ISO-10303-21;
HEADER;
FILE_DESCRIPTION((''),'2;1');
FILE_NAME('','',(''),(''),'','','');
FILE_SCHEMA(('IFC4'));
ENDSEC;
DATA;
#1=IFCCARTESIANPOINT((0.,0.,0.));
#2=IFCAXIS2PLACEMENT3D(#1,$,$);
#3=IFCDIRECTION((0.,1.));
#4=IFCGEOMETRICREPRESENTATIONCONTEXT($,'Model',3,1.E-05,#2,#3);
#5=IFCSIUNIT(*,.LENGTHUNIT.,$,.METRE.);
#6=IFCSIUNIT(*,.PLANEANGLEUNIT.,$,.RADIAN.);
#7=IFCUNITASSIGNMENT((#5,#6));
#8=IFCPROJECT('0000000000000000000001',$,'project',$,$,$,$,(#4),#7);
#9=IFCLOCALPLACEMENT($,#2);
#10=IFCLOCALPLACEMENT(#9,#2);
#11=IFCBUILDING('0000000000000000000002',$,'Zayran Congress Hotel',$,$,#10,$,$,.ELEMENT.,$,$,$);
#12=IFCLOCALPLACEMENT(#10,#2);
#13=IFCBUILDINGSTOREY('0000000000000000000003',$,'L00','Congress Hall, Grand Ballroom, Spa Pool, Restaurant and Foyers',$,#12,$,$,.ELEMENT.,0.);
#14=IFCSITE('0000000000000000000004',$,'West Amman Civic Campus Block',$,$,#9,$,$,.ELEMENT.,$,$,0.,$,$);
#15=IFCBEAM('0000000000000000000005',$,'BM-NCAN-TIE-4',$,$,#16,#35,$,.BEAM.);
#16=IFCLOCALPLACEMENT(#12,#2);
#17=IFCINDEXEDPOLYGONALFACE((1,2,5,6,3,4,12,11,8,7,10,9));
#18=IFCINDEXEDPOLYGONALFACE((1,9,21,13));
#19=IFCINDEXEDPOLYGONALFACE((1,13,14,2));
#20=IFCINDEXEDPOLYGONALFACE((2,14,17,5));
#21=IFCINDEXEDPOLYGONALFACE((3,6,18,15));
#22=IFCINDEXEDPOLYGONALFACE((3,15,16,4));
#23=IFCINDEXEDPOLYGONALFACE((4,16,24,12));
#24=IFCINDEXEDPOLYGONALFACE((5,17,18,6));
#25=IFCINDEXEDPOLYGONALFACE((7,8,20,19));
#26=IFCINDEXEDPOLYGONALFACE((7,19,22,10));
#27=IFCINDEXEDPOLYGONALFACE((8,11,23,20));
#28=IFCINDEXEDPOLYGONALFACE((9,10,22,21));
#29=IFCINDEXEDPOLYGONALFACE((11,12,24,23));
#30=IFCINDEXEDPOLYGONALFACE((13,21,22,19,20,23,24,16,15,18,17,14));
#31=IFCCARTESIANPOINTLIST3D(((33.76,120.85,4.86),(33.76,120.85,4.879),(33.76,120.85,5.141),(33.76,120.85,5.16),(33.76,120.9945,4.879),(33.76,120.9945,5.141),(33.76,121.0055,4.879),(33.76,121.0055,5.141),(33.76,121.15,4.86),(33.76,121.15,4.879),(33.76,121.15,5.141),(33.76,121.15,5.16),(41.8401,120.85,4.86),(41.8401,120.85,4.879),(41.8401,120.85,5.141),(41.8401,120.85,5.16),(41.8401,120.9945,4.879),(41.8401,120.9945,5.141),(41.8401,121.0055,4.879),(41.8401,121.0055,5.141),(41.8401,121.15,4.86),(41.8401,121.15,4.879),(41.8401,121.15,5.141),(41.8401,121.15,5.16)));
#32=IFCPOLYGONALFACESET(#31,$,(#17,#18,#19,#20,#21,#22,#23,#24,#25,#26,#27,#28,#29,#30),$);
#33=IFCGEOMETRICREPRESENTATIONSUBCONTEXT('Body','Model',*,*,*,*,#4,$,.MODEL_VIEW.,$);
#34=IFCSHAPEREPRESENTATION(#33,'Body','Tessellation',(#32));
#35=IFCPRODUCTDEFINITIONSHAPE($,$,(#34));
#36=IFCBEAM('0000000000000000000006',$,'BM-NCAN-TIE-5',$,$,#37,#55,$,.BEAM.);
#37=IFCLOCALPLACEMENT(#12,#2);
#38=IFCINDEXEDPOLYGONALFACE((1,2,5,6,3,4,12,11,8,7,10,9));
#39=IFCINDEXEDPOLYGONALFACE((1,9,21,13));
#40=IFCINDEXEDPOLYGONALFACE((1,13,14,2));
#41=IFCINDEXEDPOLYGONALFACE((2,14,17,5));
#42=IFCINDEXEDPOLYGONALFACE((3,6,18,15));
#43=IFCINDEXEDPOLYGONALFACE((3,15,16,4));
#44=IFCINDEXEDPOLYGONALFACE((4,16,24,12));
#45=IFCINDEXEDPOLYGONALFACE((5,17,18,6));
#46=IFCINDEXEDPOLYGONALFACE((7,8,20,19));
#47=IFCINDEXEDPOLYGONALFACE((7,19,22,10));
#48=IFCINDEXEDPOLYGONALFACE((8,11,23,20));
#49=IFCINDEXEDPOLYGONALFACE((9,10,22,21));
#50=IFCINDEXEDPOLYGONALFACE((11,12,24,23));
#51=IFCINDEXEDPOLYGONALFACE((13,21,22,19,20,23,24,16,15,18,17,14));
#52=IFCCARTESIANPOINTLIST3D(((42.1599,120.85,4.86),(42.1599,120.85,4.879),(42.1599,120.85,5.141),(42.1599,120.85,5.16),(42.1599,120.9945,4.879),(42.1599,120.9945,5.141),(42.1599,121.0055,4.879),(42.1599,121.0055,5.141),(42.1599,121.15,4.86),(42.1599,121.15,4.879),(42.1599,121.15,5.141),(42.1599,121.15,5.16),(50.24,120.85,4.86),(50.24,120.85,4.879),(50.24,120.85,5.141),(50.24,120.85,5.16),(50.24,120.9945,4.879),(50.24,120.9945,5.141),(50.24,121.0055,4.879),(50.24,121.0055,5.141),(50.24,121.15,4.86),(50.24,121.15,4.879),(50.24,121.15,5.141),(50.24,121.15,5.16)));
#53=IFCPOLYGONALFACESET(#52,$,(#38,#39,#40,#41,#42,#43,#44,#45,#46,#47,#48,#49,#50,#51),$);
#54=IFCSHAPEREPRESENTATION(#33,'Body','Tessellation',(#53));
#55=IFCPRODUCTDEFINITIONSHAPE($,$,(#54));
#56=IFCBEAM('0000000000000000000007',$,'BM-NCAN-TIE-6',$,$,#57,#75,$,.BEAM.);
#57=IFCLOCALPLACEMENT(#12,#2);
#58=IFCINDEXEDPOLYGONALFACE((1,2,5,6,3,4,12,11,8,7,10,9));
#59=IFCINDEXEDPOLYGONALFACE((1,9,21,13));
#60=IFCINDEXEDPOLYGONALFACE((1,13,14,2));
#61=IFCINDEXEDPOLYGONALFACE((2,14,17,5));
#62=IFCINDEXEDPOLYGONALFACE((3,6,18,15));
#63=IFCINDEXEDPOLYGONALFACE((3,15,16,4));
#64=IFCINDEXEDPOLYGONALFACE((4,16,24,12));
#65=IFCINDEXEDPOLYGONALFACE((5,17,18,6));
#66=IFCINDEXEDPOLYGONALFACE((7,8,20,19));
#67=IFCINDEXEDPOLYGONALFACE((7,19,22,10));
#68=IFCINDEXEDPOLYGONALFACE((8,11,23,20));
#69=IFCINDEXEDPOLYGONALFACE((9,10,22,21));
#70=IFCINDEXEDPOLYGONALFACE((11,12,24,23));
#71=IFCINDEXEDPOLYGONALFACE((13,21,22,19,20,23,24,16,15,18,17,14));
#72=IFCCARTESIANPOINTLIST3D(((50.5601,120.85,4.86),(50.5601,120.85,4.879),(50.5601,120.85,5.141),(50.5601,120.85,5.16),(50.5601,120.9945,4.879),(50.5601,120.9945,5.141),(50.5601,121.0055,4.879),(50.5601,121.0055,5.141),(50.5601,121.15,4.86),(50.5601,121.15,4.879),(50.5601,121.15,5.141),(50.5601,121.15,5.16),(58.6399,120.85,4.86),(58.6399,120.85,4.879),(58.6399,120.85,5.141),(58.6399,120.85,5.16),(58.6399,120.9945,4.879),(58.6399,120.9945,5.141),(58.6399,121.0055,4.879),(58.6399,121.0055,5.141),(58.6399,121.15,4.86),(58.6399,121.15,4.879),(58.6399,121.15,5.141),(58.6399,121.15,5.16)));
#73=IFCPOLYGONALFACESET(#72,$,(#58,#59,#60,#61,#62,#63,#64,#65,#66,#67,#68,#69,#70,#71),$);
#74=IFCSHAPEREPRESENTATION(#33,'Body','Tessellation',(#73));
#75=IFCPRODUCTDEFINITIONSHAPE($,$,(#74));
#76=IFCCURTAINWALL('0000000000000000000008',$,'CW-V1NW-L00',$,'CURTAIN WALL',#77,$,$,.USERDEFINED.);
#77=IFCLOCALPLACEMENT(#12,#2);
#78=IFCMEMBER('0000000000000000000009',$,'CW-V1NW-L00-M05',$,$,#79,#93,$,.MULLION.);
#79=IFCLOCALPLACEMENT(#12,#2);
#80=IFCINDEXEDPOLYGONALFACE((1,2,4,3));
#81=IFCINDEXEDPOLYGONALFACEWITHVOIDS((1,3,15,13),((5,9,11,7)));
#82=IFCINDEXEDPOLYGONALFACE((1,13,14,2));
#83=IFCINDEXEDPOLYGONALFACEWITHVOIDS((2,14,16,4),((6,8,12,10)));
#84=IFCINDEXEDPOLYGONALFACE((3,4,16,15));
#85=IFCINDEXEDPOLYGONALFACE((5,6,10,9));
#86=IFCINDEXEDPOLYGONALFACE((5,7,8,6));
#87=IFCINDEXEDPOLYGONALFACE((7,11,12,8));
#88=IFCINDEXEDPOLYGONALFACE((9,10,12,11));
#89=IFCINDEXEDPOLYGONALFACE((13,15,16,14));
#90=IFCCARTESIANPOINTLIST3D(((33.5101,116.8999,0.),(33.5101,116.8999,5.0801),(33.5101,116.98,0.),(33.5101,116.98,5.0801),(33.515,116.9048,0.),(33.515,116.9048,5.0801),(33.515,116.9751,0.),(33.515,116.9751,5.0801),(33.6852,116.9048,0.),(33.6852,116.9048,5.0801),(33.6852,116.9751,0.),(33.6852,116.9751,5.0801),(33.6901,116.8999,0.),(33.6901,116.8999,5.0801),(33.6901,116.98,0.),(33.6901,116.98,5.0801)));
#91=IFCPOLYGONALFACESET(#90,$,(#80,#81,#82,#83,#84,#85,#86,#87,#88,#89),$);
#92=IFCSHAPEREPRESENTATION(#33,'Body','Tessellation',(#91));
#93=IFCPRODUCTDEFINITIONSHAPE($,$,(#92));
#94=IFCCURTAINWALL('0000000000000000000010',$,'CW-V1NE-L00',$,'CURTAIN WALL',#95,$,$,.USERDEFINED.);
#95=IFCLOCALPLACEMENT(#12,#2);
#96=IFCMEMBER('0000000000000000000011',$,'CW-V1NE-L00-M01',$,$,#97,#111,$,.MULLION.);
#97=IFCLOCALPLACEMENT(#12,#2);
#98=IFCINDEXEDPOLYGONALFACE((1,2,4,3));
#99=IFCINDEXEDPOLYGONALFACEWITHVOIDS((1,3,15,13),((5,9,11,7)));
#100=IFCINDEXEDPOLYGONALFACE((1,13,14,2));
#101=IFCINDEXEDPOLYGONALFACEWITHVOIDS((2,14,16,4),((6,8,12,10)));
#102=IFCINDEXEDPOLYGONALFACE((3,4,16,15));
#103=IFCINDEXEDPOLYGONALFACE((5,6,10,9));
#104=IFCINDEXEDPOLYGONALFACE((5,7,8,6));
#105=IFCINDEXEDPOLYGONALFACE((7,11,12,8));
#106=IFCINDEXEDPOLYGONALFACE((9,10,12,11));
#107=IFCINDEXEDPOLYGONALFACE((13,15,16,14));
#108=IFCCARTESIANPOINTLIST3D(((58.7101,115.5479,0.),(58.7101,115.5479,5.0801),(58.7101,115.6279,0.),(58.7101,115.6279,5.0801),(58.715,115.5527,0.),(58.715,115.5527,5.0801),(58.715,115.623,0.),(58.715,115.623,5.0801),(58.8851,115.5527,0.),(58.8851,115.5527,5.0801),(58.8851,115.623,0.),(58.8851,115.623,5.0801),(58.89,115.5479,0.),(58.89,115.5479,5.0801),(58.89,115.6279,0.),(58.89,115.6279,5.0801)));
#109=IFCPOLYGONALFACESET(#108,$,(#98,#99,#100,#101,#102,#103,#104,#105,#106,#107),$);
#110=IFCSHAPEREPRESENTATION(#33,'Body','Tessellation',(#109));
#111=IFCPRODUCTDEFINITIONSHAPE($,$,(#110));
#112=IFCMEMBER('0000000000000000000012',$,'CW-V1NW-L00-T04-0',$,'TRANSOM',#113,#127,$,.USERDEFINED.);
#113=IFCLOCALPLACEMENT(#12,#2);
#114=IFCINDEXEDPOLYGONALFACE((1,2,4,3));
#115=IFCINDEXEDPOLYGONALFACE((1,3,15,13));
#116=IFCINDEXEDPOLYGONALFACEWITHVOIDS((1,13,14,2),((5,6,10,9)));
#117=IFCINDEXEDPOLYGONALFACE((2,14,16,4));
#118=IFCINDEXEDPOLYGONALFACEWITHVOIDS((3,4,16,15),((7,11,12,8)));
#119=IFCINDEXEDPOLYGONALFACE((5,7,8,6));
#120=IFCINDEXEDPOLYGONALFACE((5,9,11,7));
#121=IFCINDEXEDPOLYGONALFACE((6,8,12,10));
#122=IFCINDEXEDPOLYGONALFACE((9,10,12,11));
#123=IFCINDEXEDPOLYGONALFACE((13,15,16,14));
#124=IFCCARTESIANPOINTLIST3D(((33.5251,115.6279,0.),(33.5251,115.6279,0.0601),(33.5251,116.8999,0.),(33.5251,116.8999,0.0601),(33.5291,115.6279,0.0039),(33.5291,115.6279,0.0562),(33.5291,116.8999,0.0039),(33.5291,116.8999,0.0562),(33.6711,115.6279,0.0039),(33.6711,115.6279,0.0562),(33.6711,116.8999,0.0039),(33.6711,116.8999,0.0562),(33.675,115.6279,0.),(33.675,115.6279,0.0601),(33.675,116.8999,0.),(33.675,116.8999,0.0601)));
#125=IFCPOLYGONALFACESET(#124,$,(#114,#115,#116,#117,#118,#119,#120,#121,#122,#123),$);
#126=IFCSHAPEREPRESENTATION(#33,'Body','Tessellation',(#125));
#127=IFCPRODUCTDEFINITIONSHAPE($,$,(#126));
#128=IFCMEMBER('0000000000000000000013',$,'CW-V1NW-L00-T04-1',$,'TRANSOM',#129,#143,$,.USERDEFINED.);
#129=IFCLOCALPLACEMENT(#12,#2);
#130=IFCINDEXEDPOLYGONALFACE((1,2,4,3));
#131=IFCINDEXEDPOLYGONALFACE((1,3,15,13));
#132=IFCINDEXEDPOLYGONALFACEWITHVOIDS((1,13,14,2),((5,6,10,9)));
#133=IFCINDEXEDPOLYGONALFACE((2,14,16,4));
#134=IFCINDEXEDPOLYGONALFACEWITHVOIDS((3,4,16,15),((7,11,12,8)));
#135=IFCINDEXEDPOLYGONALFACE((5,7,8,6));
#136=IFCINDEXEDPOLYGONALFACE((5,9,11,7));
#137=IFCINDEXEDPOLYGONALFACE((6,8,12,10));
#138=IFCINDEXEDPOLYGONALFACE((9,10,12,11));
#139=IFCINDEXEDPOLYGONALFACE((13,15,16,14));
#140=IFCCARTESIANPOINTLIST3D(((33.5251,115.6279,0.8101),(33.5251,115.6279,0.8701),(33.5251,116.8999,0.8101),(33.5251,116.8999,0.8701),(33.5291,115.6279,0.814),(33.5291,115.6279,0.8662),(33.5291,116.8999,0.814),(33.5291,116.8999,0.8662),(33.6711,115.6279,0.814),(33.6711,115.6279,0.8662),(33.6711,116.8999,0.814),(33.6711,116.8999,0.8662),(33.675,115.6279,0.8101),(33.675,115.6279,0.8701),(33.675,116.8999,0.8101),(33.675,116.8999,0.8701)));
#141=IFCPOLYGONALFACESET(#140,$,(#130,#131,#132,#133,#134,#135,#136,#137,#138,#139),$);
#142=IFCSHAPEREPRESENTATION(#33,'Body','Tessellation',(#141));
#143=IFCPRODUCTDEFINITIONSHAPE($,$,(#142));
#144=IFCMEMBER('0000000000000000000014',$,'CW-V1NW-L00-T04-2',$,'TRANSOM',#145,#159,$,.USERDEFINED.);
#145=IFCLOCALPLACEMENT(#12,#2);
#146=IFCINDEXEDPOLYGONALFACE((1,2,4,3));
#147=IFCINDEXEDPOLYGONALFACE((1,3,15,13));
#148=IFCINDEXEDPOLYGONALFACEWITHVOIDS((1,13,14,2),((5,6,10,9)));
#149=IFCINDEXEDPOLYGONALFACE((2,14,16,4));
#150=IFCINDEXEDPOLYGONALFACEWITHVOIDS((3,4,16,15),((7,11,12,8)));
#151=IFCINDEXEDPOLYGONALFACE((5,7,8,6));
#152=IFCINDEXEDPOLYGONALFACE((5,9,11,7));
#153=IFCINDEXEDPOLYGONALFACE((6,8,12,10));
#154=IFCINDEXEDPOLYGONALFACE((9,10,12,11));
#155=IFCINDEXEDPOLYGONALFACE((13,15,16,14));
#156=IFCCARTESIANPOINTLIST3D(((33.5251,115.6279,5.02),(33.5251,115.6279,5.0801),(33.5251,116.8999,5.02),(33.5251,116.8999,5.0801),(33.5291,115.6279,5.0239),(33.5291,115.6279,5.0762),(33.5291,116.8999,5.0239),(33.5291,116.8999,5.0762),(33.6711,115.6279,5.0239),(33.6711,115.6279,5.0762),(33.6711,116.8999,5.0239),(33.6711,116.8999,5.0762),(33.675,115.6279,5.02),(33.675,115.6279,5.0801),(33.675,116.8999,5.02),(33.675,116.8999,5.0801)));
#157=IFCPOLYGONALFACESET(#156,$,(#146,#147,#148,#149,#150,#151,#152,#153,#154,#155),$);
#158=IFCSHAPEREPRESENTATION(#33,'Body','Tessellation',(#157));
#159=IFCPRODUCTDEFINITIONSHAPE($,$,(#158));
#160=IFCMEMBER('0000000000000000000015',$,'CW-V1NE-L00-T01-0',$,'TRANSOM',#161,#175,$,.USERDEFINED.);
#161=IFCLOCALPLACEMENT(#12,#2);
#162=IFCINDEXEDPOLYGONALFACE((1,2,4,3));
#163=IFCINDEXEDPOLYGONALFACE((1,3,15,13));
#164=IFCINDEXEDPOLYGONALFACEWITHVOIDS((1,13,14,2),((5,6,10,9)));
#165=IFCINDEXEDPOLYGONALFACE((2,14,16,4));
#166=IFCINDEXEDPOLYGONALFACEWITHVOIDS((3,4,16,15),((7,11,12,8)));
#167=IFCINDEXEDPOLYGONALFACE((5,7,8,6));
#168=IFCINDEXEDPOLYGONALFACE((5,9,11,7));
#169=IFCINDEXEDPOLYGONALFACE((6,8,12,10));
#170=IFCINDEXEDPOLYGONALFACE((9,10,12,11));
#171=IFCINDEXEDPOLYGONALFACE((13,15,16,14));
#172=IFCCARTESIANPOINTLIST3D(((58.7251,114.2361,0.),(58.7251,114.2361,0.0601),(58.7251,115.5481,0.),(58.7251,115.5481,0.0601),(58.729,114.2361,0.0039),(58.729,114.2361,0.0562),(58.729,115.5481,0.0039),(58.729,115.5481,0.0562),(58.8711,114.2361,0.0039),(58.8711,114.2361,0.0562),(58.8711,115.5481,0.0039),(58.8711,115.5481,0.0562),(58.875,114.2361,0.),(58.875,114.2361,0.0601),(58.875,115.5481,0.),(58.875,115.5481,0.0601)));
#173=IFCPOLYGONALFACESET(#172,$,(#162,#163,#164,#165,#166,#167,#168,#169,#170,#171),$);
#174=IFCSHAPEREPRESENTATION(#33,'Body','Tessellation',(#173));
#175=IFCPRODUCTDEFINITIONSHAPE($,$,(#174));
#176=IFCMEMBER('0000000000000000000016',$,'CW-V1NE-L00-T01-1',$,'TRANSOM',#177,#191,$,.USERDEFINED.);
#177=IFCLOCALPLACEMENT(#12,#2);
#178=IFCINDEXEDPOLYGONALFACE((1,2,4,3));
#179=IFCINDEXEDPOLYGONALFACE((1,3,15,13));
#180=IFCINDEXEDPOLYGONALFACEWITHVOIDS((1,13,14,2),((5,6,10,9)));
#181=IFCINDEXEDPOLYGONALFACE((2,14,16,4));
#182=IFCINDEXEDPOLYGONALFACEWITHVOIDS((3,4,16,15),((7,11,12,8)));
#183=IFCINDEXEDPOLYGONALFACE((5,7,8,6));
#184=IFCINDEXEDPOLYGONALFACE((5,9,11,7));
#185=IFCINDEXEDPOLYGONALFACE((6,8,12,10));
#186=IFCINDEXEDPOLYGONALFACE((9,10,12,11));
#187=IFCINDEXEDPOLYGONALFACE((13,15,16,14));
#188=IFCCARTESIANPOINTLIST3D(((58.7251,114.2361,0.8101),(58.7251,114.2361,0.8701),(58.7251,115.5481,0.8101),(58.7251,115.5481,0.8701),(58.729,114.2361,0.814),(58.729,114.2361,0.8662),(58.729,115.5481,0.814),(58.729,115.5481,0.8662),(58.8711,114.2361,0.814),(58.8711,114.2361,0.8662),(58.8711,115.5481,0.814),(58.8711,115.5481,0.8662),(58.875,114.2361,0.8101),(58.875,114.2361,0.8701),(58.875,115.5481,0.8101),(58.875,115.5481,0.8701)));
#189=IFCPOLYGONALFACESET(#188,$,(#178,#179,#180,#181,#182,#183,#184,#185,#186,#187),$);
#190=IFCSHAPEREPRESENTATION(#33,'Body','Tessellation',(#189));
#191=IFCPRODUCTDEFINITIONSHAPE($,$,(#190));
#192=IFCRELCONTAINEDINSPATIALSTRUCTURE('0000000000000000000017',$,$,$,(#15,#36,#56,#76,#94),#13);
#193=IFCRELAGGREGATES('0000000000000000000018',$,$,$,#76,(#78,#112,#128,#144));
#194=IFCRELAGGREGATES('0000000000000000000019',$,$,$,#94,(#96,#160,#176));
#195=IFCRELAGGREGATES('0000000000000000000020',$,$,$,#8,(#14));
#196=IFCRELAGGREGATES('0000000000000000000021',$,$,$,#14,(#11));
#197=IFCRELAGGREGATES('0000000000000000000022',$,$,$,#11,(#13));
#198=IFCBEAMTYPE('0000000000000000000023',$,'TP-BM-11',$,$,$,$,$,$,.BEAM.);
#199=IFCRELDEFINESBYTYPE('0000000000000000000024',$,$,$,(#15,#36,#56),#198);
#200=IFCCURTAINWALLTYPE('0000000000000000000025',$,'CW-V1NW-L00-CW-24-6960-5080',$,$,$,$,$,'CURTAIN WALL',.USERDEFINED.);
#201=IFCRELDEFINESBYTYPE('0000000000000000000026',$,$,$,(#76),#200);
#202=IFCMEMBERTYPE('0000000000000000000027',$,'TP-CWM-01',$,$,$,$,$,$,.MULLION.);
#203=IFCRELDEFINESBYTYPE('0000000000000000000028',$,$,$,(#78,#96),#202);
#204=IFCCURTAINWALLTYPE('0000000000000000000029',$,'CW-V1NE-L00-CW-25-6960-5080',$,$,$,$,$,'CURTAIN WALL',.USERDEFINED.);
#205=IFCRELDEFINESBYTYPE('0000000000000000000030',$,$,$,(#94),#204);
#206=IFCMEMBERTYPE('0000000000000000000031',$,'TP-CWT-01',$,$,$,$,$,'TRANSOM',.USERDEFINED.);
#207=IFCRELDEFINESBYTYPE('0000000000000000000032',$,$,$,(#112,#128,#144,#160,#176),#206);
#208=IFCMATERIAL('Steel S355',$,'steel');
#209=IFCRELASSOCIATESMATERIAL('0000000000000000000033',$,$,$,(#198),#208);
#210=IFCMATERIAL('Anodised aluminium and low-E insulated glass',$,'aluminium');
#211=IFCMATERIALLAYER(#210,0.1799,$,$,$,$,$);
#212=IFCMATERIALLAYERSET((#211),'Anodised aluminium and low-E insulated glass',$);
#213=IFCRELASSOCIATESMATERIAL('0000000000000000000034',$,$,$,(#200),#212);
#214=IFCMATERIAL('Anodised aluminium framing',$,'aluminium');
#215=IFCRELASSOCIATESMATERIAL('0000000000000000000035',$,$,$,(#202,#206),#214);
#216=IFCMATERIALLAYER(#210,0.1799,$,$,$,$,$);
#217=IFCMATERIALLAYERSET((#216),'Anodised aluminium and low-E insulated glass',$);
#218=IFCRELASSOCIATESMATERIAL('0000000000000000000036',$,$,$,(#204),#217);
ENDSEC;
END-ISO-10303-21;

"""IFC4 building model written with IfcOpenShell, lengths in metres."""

from ifc_helpers import new_model, si_unit, direction, frame, origin, origin_2d, place, context, subcontext, project, spatial, hollow_rectangle, i_section, extrude, material, layer, layer_set, material_profile, profile_set, type_object, element, aggregate, save


model = new_model("IFC4")

# Units and contexts
model_context = context("Model", 3, precision=1e-05, world=origin(), true_north=direction((0.0, 1.0)))
body_context = subcontext(model_context, "Body", "Model", "MODEL_VIEW")
ifc_project = project(units=[si_unit("LENGTHUNIT", "METRE"), si_unit("PLANEANGLEUNIT", "RADIAN")], contexts=[model_context])

# Site, building, storey
site_placement = place(None, origin())
site = spatial("IfcSite", under=ifc_project, at=site_placement, Name="West Amman Civic Campus Block", CompositionType="ELEMENT", RefElevation=0.0)
building_placement = place(site_placement, origin())
building = spatial("IfcBuilding", under=site, at=building_placement, Name="Zayran Congress Hotel", CompositionType="ELEMENT")
storey_placement = place(building_placement, origin())
storey = spatial("IfcBuildingStorey", under=building, at=storey_placement, Name="L00", Description="Congress Hall, Grand Ballroom, Spa Pool, Restaurant and Foyers", CompositionType="ELEMENT", Elevation=0.0)

# Shared definitions
ifc_material_1 = material(Name="Steel S355", Category="steel")

# Beams
ifc_material_profile_1 = material_profile(ifc_material_1, i_section(OverallWidth=0.3, OverallDepth=0.3, WebThickness=0.011, FlangeThickness=0.019, at=origin_2d()), Name="HEB 300")
ifc_profile_set_1 = profile_set([ifc_material_profile_1], Name="Steel S355")
beam_type_1 = type_object("IfcBeamType", Name="TP-BM-11", PredefinedType="BEAM", material=ifc_profile_set_1)
for number, where, z_axis, x_axis, name in (
    (1, (33.76, 121.0, 5.01), (1.0, 0.0, 0.0), (0.0, 1.0, 0.0), "BM-NCAN-TIE-4"),
    (2, (42.1599, 121.0, 5.01), (1.0, 0.0, 0.0), (0.0, 1.0, 0.0), "BM-NCAN-TIE-5"),
):
    element("IfcBeam", number, at=place(storey_placement, frame(where, z_axis=z_axis, x_axis=x_axis)), inside=storey, type_object=beam_type_1, Name=name, PredefinedType="BEAM", context=body_context, shape_type="SweptSolid", body=[
        extrude(i_section(OverallWidth=0.3, OverallDepth=0.3, WebThickness=0.011, FlangeThickness=0.019, at=origin_2d()), origin(), (0.0, 0.0, 1.0), 8.0801),
    ])
beam_1_placement = place(storey_placement, frame((50.5601, 121.0, 5.01), z_axis=(1.0, 0.0, 0.0), x_axis=(0.0, 1.0, 0.0)))
element("IfcBeam", 3, at=beam_1_placement, inside=storey, type_object=beam_type_1, Name="BM-NCAN-TIE-6", PredefinedType="BEAM", context=body_context, shape_type="SweptSolid", body=[
    extrude(i_section(OverallWidth=0.3, OverallDepth=0.3, WebThickness=0.011, FlangeThickness=0.019, at=origin_2d()), origin(), (0.0, 0.0, 1.0), 8.0798),
])

# Curtain walls, members
ifc_material_2 = material(Name="Anodised aluminium and low-E insulated glass", Category="aluminium")
ifc_layer_1 = layer(ifc_material_2, 0.1799)
ifc_layer_set_1 = layer_set([ifc_layer_1], Name="Anodised aluminium and low-E insulated glass")
curtain_wall_type_1 = type_object("IfcCurtainWallType", Name="CW-V1NW-L00-CW-24-6960-5080", ElementType="CURTAIN WALL", PredefinedType="USERDEFINED", material=ifc_layer_set_1)
curtain_wall_1_placement = place(storey_placement, origin())
curtain_wall_1 = element("IfcCurtainWall", 4, at=curtain_wall_1_placement, inside=storey, type_object=curtain_wall_type_1, Name="CW-V1NW-L00", ObjectType="CURTAIN WALL", PredefinedType="USERDEFINED")
ifc_material_3 = material(Name="Anodised aluminium framing", Category="aluminium")
ifc_material_profile_2 = material_profile(ifc_material_3, hollow_rectangle(XDim=0.0801, YDim=0.1799, WallThickness=0.0049, at=origin_2d()), Name="RHS 180x80x5")
ifc_profile_set_2 = profile_set([ifc_material_profile_2], Name="Anodised aluminium framing")
member_type_1 = type_object("IfcMemberType", Name="TP-CWM-01", PredefinedType="MULLION", material=ifc_profile_set_2)
member_1_placement = place(storey_placement, frame((33.6001, 116.9399, 0.0), z_axis=(0.0, 0.0, 1.0), x_axis=(0.0, 1.0, 0.0)))
member_1 = element("IfcMember", 5, at=member_1_placement, type_object=member_type_1, Name="CW-V1NW-L00-M05", PredefinedType="MULLION", context=body_context, shape_type="SweptSolid", body=[
    extrude(hollow_rectangle(XDim=0.0801, YDim=0.1799, WallThickness=0.0049, at=origin_2d()), origin(), (0.0, 0.0, 1.0), 5.0801),
])
ifc_layer_2 = layer(ifc_material_2, 0.1799)
ifc_layer_set_2 = layer_set([ifc_layer_2], Name="Anodised aluminium and low-E insulated glass")
curtain_wall_type_2 = type_object("IfcCurtainWallType", Name="CW-V1NE-L00-CW-25-6960-5080", ElementType="CURTAIN WALL", PredefinedType="USERDEFINED", material=ifc_layer_set_2)
curtain_wall_2_placement = place(storey_placement, origin())
curtain_wall_2 = element("IfcCurtainWall", 6, at=curtain_wall_2_placement, inside=storey, type_object=curtain_wall_type_2, Name="CW-V1NE-L00", ObjectType="CURTAIN WALL", PredefinedType="USERDEFINED")
member_2_placement = place(storey_placement, frame((58.8, 115.5879, 0.0), z_axis=(0.0, 0.0, 1.0), x_axis=(0.0, 1.0, 0.0)))
member_2 = element("IfcMember", 7, at=member_2_placement, type_object=member_type_1, Name="CW-V1NE-L00-M01", PredefinedType="MULLION", context=body_context, shape_type="SweptSolid", body=[
    extrude(hollow_rectangle(XDim=0.0801, YDim=0.1799, WallThickness=0.0049, at=origin_2d()), origin(), (0.0, 0.0, 1.0), 5.0801),
])

# Members
ifc_material_profile_3 = material_profile(ifc_material_3, hollow_rectangle(XDim=0.0601, YDim=0.1499, WallThickness=0.0039, at=origin_2d()), Name="RHS 150x60x4")
ifc_profile_set_3 = profile_set([ifc_material_profile_3], Name="Anodised aluminium framing")
member_type_2 = type_object("IfcMemberType", Name="TP-CWT-01", ElementType="TRANSOM", PredefinedType="USERDEFINED", material=ifc_profile_set_3)
member_3_placement = place(storey_placement, frame((33.6001, 115.6279, 0.03), z_axis=(0.0, 1.0, 0.0), x_axis=(0.0, 0.0, 1.0)))
member_3 = element("IfcMember", 8, at=member_3_placement, type_object=member_type_2, Name="CW-V1NW-L00-T04-0", ObjectType="TRANSOM", PredefinedType="USERDEFINED", context=body_context, shape_type="SweptSolid", body=[
    extrude(hollow_rectangle(XDim=0.0601, YDim=0.1499, WallThickness=0.0039, at=origin_2d()), origin(), (0.0, 0.0, 1.0), 1.272),
])
member_4_placement = place(storey_placement, frame((33.6001, 115.6279, 0.8401), z_axis=(0.0, 1.0, 0.0), x_axis=(0.0, 0.0, 1.0)))
member_4 = element("IfcMember", 9, at=member_4_placement, type_object=member_type_2, Name="CW-V1NW-L00-T04-1", ObjectType="TRANSOM", PredefinedType="USERDEFINED", context=body_context, shape_type="SweptSolid", body=[
    extrude(hollow_rectangle(XDim=0.0601, YDim=0.1499, WallThickness=0.0039, at=origin_2d()), origin(), (0.0, 0.0, 1.0), 1.272),
])
member_5_placement = place(storey_placement, frame((33.6001, 115.6279, 5.05), z_axis=(0.0, 1.0, 0.0), x_axis=(0.0, 0.0, 1.0)))
member_5 = element("IfcMember", 10, at=member_5_placement, type_object=member_type_2, Name="CW-V1NW-L00-T04-2", ObjectType="TRANSOM", PredefinedType="USERDEFINED", context=body_context, shape_type="SweptSolid", body=[
    extrude(hollow_rectangle(XDim=0.0601, YDim=0.1499, WallThickness=0.0039, at=origin_2d()), origin(), (0.0, 0.0, 1.0), 1.272),
])
member_6_placement = place(storey_placement, frame((58.8, 115.5481, 0.03), z_axis=(0.0, -1.0, 0.0), x_axis=(0.0, 0.0, 1.0)))
member_6 = element("IfcMember", 11, at=member_6_placement, type_object=member_type_2, Name="CW-V1NE-L00-T01-0", ObjectType="TRANSOM", PredefinedType="USERDEFINED", context=body_context, shape_type="SweptSolid", body=[
    extrude(hollow_rectangle(XDim=0.0601, YDim=0.1499, WallThickness=0.0039, at=origin_2d()), origin(), (0.0, 0.0, 1.0), 1.312),
])
member_7_placement = place(storey_placement, frame((58.8, 115.5481, 0.8401), z_axis=(0.0, -1.0, 0.0), x_axis=(0.0, 0.0, 1.0)))
member_7 = element("IfcMember", 12, at=member_7_placement, type_object=member_type_2, Name="CW-V1NE-L00-T01-1", ObjectType="TRANSOM", PredefinedType="USERDEFINED", context=body_context, shape_type="SweptSolid", body=[
    extrude(hollow_rectangle(XDim=0.0601, YDim=0.1499, WallThickness=0.0039, at=origin_2d()), origin(), (0.0, 0.0, 1.0), 1.312),
])

aggregate(curtain_wall_1, [member_1, member_3, member_4, member_5])
aggregate(curtain_wall_2, [member_2, member_6, member_7])

save(model, "model.ifc")
